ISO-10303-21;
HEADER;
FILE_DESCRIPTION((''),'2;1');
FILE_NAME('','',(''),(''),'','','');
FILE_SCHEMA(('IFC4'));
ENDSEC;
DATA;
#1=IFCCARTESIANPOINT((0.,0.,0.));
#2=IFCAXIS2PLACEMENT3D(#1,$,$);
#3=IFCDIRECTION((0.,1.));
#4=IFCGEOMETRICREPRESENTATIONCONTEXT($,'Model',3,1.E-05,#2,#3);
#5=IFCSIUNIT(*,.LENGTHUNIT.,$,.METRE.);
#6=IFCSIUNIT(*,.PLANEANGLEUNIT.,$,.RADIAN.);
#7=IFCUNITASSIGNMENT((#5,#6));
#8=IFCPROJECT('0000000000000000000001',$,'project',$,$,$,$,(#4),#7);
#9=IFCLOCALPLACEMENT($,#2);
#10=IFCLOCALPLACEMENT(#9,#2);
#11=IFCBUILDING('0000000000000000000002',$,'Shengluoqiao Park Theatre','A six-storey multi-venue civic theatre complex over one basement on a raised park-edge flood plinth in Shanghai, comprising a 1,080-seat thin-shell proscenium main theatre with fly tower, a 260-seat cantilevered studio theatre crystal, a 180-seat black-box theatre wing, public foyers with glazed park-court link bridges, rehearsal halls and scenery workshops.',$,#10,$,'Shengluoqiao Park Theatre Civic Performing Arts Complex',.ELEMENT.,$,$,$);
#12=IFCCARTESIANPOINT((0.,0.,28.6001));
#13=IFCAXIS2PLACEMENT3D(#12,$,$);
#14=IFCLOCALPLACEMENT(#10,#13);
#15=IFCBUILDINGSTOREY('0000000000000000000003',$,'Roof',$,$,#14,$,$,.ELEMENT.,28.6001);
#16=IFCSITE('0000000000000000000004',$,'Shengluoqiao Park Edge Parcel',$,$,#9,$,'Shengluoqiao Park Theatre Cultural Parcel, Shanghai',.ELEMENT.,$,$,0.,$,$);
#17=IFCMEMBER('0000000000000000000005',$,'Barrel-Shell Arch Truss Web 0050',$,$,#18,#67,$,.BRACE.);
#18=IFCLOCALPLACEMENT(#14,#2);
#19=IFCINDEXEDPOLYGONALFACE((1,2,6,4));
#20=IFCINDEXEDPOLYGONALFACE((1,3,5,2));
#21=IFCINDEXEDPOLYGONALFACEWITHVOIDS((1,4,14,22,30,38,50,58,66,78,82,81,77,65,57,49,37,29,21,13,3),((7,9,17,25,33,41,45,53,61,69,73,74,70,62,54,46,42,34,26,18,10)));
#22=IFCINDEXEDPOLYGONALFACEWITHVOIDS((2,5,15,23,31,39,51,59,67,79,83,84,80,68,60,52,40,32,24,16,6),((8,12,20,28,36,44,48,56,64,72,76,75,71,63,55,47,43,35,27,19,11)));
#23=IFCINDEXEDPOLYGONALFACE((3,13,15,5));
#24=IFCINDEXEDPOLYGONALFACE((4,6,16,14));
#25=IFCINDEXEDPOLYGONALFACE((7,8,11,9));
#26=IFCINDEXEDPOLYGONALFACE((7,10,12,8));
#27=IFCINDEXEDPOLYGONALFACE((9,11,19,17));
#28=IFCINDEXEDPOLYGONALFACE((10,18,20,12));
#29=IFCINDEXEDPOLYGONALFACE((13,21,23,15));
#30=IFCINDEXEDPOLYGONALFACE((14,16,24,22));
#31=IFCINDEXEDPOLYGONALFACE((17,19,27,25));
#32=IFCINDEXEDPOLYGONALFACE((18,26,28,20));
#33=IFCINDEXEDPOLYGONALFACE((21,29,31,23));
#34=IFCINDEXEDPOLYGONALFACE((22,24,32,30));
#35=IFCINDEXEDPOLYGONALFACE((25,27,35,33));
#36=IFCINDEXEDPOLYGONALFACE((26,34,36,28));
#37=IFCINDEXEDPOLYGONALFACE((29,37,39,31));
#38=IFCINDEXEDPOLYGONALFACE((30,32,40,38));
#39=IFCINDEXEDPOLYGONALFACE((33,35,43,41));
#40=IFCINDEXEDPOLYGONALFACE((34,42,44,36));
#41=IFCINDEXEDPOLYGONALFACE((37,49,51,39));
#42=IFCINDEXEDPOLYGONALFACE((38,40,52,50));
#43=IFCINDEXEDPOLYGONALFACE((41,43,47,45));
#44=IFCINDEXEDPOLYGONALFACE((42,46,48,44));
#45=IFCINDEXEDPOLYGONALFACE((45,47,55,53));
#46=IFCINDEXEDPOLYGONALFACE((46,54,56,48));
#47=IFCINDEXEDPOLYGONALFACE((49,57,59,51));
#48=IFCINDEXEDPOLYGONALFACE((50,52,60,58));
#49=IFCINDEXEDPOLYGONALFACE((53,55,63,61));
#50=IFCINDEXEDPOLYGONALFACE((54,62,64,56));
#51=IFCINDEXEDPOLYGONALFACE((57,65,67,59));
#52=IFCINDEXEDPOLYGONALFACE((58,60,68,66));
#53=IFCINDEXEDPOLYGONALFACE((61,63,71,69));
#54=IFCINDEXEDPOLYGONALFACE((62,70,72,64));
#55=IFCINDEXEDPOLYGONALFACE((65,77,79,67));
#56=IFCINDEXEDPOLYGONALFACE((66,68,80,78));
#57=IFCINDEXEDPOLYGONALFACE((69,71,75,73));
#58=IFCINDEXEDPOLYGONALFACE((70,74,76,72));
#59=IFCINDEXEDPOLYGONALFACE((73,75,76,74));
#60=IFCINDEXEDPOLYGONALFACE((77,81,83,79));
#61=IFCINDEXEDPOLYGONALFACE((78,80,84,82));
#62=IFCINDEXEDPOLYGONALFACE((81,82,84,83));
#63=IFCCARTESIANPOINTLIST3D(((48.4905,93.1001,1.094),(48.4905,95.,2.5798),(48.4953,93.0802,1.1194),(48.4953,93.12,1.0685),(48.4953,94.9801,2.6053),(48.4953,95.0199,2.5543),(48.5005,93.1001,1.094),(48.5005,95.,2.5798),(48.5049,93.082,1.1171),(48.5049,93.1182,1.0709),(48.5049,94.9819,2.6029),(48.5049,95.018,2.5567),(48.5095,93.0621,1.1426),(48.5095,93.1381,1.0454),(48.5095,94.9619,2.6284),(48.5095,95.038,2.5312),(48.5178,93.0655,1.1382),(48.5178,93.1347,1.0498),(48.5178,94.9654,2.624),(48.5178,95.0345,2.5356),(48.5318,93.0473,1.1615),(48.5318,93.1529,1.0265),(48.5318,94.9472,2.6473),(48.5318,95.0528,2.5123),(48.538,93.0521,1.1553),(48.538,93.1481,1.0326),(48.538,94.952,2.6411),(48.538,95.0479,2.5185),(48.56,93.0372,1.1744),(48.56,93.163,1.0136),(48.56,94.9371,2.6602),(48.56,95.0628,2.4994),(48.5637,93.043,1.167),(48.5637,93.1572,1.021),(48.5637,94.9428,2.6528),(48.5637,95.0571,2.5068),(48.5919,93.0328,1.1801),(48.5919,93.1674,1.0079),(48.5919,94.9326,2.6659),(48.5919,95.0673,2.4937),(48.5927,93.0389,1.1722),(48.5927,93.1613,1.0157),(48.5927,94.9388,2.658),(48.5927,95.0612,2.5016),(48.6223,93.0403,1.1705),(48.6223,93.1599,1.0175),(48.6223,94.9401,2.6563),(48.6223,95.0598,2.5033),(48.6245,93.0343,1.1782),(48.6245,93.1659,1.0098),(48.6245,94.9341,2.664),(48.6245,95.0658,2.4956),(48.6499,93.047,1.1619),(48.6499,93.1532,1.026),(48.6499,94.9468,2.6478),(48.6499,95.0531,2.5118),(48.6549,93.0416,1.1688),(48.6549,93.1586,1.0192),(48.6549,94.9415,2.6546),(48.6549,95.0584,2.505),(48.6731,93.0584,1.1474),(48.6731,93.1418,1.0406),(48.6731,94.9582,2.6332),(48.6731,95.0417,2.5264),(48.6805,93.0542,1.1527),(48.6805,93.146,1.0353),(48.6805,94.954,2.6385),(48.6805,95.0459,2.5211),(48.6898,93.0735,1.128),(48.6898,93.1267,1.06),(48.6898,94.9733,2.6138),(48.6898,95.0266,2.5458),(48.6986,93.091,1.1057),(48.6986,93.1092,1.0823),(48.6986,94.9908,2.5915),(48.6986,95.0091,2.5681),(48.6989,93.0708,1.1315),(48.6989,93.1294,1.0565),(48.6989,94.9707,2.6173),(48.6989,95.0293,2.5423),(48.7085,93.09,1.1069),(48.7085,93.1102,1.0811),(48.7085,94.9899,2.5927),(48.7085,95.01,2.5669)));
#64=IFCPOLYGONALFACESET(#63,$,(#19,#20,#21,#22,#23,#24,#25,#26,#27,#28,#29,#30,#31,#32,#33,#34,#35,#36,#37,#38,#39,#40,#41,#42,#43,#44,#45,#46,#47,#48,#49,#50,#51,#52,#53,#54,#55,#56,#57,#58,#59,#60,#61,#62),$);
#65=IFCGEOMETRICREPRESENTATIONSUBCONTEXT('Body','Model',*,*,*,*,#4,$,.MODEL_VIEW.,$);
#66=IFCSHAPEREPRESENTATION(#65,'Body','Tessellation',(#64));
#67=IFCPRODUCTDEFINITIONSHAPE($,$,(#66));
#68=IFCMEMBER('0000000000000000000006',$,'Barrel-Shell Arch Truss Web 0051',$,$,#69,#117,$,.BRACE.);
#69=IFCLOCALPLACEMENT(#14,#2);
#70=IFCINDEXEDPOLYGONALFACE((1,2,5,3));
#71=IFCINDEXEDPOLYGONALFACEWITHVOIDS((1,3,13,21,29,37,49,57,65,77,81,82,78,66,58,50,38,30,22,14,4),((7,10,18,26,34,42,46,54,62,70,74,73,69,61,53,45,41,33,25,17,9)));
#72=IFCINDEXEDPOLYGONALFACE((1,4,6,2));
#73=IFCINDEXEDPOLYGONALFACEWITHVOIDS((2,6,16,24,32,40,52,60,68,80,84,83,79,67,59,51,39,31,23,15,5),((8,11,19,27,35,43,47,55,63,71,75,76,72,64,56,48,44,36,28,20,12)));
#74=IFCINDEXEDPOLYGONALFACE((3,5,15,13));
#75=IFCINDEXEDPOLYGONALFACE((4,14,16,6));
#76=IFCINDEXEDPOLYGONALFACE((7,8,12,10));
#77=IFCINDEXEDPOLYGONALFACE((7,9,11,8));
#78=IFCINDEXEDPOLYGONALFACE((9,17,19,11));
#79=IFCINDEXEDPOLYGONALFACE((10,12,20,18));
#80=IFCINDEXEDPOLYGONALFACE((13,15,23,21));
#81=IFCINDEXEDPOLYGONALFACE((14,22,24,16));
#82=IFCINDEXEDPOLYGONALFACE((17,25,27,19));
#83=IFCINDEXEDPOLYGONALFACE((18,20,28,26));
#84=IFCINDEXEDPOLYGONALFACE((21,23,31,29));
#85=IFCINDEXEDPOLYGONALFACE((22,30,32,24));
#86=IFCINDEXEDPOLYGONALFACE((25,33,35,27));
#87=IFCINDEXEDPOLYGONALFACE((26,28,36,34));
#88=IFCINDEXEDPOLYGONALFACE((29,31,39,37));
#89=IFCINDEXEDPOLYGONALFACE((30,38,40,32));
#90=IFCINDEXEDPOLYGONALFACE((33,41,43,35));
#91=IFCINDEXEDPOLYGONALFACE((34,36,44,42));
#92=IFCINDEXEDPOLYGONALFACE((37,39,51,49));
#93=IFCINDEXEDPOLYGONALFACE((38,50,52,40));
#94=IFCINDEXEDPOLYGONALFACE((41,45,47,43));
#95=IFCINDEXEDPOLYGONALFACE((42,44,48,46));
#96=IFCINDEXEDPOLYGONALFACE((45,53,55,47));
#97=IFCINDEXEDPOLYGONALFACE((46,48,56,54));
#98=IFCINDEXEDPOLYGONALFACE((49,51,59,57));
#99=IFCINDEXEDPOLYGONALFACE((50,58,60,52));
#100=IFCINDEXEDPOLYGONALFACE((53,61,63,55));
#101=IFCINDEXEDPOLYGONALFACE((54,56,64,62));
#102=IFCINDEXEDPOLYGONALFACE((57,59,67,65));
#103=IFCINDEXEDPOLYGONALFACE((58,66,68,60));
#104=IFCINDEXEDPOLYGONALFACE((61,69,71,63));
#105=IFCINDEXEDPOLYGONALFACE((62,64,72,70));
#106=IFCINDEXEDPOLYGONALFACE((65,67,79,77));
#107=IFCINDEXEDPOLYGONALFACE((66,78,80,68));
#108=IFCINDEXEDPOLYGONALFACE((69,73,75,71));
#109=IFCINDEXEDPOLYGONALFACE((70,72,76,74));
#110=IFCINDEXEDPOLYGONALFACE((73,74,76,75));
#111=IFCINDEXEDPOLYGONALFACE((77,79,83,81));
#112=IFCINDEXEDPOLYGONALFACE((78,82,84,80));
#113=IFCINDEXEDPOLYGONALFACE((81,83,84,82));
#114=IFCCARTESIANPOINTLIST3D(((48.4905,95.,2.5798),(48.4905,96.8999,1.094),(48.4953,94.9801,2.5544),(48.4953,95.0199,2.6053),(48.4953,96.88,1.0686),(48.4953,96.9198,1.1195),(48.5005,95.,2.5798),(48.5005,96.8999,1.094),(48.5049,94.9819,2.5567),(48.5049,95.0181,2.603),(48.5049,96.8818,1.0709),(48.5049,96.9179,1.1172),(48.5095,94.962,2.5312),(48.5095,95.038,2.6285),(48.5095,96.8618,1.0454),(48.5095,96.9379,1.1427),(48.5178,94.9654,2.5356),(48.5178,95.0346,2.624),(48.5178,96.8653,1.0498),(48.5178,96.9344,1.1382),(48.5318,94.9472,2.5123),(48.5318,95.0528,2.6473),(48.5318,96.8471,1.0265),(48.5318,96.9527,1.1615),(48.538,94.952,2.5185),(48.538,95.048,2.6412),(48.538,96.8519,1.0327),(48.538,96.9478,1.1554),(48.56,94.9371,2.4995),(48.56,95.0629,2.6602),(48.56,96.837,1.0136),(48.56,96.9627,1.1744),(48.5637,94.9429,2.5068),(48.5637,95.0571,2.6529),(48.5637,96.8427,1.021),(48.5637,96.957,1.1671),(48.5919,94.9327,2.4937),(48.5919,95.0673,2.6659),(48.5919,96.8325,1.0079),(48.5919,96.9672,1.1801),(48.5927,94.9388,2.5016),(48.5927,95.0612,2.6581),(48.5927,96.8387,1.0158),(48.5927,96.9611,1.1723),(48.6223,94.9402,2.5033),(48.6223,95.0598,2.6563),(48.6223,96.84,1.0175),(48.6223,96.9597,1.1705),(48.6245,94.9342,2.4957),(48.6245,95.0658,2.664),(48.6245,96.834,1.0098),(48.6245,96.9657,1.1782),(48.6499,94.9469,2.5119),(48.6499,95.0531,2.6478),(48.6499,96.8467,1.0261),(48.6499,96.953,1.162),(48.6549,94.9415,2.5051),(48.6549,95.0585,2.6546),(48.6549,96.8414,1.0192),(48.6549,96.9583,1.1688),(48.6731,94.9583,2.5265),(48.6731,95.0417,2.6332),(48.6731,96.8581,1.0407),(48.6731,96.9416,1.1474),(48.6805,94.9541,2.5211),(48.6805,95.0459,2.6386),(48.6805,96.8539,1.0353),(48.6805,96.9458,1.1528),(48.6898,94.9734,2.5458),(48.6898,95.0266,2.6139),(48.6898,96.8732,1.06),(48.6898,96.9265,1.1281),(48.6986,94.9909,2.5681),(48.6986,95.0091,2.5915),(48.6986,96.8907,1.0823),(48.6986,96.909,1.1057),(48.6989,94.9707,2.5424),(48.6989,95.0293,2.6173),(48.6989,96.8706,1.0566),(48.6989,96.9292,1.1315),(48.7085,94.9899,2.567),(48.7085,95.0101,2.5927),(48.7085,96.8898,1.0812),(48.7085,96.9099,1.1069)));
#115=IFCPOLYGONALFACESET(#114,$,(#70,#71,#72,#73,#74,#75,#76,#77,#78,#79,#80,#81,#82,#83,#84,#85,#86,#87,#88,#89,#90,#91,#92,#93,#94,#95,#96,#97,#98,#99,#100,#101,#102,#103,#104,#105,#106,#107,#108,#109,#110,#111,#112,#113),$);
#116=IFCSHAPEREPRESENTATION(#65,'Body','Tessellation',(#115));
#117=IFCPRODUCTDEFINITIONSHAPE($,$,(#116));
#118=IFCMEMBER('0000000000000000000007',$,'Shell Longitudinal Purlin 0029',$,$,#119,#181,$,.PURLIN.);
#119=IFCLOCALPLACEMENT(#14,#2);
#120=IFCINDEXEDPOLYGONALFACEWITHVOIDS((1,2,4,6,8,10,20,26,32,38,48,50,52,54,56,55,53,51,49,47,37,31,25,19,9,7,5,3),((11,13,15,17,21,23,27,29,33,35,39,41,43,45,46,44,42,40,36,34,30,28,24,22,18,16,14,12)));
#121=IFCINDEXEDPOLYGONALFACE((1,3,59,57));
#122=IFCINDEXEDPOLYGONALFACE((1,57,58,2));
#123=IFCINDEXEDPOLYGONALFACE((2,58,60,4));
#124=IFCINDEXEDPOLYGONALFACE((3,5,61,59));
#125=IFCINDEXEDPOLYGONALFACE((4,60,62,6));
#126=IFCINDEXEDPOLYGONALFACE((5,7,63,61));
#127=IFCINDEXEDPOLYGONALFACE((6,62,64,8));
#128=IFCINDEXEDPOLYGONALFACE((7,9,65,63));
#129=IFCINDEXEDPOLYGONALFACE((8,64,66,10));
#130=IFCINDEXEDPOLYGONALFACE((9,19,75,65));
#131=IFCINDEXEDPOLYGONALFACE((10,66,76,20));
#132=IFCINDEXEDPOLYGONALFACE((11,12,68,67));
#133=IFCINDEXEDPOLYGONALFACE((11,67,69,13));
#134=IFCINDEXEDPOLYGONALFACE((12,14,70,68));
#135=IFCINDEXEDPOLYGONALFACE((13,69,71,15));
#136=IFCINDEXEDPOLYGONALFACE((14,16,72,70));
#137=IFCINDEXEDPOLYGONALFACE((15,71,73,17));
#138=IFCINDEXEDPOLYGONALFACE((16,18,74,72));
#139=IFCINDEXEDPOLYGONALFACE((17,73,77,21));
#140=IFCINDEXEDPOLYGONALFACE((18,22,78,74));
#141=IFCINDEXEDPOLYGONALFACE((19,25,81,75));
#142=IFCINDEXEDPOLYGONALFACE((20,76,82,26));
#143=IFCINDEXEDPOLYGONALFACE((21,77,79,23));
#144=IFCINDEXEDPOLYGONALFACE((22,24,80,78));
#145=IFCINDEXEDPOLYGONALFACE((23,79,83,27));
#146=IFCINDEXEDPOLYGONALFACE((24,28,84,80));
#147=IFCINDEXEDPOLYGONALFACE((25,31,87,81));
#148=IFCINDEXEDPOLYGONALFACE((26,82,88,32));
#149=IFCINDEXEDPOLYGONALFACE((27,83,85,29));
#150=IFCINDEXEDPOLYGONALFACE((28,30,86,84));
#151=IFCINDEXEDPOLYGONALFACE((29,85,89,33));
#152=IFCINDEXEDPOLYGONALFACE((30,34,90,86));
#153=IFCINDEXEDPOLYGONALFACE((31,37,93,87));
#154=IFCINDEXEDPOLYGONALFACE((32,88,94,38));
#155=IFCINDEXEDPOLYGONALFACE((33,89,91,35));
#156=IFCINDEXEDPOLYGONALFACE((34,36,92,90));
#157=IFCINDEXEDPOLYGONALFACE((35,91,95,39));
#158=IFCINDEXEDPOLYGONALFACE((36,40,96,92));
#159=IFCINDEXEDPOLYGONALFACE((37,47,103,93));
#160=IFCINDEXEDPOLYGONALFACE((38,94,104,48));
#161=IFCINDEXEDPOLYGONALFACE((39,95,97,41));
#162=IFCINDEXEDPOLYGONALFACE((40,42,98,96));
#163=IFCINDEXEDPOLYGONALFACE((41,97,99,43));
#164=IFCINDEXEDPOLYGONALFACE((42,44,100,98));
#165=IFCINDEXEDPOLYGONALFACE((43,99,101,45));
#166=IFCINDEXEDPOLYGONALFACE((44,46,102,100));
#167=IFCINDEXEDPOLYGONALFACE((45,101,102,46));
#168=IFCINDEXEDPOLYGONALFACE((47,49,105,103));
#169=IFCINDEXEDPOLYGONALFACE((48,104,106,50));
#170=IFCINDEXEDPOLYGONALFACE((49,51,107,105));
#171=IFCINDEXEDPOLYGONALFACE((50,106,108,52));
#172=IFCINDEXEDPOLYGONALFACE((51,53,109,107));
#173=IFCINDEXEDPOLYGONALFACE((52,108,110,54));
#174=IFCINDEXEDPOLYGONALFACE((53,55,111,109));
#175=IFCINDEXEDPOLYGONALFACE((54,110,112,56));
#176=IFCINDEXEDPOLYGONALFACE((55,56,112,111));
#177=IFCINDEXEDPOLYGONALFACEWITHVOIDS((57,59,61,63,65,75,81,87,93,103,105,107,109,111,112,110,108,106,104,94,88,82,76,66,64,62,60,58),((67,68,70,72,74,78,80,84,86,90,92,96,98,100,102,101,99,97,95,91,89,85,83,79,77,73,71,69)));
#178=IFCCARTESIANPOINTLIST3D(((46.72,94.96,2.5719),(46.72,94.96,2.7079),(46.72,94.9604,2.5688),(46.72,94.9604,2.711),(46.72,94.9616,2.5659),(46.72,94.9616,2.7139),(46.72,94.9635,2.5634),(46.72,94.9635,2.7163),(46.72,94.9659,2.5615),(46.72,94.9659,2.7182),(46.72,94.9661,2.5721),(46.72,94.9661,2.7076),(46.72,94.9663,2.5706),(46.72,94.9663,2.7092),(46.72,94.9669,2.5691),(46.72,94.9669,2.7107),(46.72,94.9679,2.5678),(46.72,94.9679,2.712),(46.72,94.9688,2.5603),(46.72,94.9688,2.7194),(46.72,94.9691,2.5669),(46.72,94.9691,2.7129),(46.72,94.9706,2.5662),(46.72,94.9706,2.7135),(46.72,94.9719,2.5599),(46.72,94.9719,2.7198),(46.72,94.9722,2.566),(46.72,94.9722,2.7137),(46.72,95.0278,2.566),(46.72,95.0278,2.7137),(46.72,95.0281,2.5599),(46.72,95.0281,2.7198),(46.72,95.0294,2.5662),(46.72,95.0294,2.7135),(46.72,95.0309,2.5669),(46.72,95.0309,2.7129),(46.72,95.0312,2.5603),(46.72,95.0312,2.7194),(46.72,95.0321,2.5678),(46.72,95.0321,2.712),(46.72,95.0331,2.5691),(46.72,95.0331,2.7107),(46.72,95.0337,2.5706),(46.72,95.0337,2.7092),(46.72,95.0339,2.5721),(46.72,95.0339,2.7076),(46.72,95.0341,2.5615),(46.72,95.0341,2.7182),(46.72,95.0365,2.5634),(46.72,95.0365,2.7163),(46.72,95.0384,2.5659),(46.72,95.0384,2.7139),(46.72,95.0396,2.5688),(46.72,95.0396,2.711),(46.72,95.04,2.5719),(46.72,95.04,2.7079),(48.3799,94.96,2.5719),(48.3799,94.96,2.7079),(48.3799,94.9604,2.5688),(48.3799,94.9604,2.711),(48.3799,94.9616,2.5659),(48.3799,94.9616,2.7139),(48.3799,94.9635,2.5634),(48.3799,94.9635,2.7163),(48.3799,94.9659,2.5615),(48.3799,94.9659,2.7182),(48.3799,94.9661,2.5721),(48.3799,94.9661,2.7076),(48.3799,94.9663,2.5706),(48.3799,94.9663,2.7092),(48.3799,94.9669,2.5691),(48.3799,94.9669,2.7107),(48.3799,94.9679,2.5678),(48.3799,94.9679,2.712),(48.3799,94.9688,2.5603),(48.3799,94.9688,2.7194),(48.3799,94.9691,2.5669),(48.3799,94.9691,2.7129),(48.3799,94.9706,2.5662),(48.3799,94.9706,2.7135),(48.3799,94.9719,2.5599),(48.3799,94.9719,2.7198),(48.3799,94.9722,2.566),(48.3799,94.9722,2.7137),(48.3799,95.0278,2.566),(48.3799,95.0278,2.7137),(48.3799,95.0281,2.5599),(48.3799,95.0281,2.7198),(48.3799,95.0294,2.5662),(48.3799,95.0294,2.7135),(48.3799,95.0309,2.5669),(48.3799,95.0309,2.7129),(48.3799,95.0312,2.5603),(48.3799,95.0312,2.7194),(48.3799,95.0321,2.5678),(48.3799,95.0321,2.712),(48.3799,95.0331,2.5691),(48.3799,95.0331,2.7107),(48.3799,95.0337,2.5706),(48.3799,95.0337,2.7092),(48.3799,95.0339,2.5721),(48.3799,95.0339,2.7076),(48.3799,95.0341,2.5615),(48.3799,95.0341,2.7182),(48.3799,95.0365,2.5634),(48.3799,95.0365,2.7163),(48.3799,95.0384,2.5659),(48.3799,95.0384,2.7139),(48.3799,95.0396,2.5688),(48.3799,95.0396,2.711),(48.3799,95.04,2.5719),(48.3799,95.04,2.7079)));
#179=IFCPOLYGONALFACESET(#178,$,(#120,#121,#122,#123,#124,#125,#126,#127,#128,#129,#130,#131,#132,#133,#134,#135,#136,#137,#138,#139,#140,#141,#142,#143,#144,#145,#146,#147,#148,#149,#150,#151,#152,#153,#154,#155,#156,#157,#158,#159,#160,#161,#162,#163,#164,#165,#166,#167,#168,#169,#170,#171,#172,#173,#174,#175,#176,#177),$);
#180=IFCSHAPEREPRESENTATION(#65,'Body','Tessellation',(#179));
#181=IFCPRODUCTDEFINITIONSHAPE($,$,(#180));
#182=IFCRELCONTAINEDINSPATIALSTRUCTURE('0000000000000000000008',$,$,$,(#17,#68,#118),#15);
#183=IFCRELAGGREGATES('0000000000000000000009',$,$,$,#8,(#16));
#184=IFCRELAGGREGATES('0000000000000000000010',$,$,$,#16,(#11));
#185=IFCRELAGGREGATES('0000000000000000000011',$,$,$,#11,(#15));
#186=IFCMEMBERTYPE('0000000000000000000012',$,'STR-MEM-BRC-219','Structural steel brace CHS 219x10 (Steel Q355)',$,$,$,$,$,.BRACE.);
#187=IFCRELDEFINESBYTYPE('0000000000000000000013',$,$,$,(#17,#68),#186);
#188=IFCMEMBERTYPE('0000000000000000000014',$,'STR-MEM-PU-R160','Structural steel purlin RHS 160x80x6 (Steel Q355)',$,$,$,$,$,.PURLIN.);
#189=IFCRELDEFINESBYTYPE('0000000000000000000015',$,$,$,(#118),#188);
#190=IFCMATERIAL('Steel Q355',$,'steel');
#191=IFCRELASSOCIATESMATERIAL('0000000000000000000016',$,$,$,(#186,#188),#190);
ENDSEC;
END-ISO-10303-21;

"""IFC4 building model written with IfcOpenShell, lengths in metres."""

from ifc_helpers import new_model, si_unit, direction, frame, origin, origin_2d, place, context, subcontext, project, spatial, hollow_rectangle, hollow_circle, extrude, material, material_profile, profile_set, type_object, element, save


model = new_model("IFC4")

# Units and contexts
model_context = context("Model", 3, precision=1e-05, world=origin(), true_north=direction((0.0, 1.0)))
body_context = subcontext(model_context, "Body", "Model", "MODEL_VIEW")
ifc_project = project(units=[si_unit("LENGTHUNIT", "METRE"), si_unit("PLANEANGLEUNIT", "RADIAN")], contexts=[model_context])

# Site, building, storey
site_placement = place(None, origin())
site = spatial("IfcSite", under=ifc_project, at=site_placement, Name="Shengluoqiao Park Edge Parcel", LongName="Shengluoqiao Park Theatre Cultural Parcel, Shanghai", CompositionType="ELEMENT", RefElevation=0.0)
building_placement = place(site_placement, origin())
building = spatial("IfcBuilding", under=site, at=building_placement, Name="Shengluoqiao Park Theatre", Description="A six-storey multi-venue civic theatre complex over one basement on a raised park-edge flood plinth in Shanghai, comprising a 1,080-seat thin-shell proscenium main theatre with fly tower, a 260-seat cantilevered studio theatre crystal, a 180-seat black-box theatre wing, public foyers with glazed park-court link bridges, rehearsal halls and scenery workshops.", LongName="Shengluoqiao Park Theatre Civic Performing Arts Complex", CompositionType="ELEMENT")
storey_placement = place(building_placement, frame((0.0, 0.0, 28.6001)))
storey = spatial("IfcBuildingStorey", under=building, at=storey_placement, Name="Roof", CompositionType="ELEMENT", Elevation=28.6001)

# Shared definitions
ifc_material_1 = material(Name="Steel Q355", Category="steel")

# Members
ifc_material_profile_1 = material_profile(ifc_material_1, hollow_circle(Radius=0.1096, WallThickness=0.01, at=origin_2d()), Name="CHS 219x10")
ifc_profile_set_1 = profile_set([ifc_material_profile_1], Name="Steel Q355")
member_type_1 = type_object("IfcMemberType", Name="STR-MEM-BRC-219", Description="Structural steel brace CHS 219x10 (Steel Q355)", PredefinedType="BRACE", material=ifc_profile_set_1)
for number, where, z_axis, x_axis, name in (
    (1, (48.6001, 93.1001, 1.094), (0.0, 0.787714, 0.616041), (-1.0, 0.0, 0.0), "Barrel-Shell Arch Truss Web 0050"),
    (2, (48.6001, 95.0, 2.5798), (0.0, 0.787714, -0.616041), (-1.0, 0.0, 0.0), "Barrel-Shell Arch Truss Web 0051"),
):
    element("IfcMember", number, at=place(storey_placement, frame(where, z_axis=z_axis, x_axis=x_axis)), inside=storey, type_object=member_type_1, Name=name, PredefinedType="BRACE", context=body_context, shape_type="SweptSolid", body=[
        extrude(hollow_circle(Radius=0.1096, WallThickness=0.01, at=origin_2d()), origin(), (0.0, 0.0, 1.0), 2.4119),
    ])
ifc_material_profile_2 = material_profile(ifc_material_1, hollow_rectangle(XDim=0.0801, YDim=0.1599, WallThickness=0.0061, InnerFilletRadius=0.0061, OuterFilletRadius=0.012, at=origin_2d()), Name="RHS 160x80x6")
ifc_profile_set_2 = profile_set([ifc_material_profile_2], Name="Steel Q355")
member_type_2 = type_object("IfcMemberType", Name="STR-MEM-PU-R160", Description="Structural steel purlin RHS 160x80x6 (Steel Q355)", PredefinedType="PURLIN", material=ifc_profile_set_2)
member_1_placement = place(storey_placement, frame((46.72, 95.0, 2.6399), z_axis=(1.0, 0.0, 0.0), x_axis=(0.0, 1.0, 0.0)))
element("IfcMember", 3, at=member_1_placement, inside=storey, type_object=member_type_2, Name="Shell Longitudinal Purlin 0029", PredefinedType="PURLIN", context=body_context, shape_type="SweptSolid", body=[
    extrude(hollow_rectangle(XDim=0.0801, YDim=0.1599, WallThickness=0.0061, InnerFilletRadius=0.0061, OuterFilletRadius=0.012, at=origin_2d()), origin(), (0.0, 0.0, 1.0), 1.6599),
])

save(model, "model.ifc")
